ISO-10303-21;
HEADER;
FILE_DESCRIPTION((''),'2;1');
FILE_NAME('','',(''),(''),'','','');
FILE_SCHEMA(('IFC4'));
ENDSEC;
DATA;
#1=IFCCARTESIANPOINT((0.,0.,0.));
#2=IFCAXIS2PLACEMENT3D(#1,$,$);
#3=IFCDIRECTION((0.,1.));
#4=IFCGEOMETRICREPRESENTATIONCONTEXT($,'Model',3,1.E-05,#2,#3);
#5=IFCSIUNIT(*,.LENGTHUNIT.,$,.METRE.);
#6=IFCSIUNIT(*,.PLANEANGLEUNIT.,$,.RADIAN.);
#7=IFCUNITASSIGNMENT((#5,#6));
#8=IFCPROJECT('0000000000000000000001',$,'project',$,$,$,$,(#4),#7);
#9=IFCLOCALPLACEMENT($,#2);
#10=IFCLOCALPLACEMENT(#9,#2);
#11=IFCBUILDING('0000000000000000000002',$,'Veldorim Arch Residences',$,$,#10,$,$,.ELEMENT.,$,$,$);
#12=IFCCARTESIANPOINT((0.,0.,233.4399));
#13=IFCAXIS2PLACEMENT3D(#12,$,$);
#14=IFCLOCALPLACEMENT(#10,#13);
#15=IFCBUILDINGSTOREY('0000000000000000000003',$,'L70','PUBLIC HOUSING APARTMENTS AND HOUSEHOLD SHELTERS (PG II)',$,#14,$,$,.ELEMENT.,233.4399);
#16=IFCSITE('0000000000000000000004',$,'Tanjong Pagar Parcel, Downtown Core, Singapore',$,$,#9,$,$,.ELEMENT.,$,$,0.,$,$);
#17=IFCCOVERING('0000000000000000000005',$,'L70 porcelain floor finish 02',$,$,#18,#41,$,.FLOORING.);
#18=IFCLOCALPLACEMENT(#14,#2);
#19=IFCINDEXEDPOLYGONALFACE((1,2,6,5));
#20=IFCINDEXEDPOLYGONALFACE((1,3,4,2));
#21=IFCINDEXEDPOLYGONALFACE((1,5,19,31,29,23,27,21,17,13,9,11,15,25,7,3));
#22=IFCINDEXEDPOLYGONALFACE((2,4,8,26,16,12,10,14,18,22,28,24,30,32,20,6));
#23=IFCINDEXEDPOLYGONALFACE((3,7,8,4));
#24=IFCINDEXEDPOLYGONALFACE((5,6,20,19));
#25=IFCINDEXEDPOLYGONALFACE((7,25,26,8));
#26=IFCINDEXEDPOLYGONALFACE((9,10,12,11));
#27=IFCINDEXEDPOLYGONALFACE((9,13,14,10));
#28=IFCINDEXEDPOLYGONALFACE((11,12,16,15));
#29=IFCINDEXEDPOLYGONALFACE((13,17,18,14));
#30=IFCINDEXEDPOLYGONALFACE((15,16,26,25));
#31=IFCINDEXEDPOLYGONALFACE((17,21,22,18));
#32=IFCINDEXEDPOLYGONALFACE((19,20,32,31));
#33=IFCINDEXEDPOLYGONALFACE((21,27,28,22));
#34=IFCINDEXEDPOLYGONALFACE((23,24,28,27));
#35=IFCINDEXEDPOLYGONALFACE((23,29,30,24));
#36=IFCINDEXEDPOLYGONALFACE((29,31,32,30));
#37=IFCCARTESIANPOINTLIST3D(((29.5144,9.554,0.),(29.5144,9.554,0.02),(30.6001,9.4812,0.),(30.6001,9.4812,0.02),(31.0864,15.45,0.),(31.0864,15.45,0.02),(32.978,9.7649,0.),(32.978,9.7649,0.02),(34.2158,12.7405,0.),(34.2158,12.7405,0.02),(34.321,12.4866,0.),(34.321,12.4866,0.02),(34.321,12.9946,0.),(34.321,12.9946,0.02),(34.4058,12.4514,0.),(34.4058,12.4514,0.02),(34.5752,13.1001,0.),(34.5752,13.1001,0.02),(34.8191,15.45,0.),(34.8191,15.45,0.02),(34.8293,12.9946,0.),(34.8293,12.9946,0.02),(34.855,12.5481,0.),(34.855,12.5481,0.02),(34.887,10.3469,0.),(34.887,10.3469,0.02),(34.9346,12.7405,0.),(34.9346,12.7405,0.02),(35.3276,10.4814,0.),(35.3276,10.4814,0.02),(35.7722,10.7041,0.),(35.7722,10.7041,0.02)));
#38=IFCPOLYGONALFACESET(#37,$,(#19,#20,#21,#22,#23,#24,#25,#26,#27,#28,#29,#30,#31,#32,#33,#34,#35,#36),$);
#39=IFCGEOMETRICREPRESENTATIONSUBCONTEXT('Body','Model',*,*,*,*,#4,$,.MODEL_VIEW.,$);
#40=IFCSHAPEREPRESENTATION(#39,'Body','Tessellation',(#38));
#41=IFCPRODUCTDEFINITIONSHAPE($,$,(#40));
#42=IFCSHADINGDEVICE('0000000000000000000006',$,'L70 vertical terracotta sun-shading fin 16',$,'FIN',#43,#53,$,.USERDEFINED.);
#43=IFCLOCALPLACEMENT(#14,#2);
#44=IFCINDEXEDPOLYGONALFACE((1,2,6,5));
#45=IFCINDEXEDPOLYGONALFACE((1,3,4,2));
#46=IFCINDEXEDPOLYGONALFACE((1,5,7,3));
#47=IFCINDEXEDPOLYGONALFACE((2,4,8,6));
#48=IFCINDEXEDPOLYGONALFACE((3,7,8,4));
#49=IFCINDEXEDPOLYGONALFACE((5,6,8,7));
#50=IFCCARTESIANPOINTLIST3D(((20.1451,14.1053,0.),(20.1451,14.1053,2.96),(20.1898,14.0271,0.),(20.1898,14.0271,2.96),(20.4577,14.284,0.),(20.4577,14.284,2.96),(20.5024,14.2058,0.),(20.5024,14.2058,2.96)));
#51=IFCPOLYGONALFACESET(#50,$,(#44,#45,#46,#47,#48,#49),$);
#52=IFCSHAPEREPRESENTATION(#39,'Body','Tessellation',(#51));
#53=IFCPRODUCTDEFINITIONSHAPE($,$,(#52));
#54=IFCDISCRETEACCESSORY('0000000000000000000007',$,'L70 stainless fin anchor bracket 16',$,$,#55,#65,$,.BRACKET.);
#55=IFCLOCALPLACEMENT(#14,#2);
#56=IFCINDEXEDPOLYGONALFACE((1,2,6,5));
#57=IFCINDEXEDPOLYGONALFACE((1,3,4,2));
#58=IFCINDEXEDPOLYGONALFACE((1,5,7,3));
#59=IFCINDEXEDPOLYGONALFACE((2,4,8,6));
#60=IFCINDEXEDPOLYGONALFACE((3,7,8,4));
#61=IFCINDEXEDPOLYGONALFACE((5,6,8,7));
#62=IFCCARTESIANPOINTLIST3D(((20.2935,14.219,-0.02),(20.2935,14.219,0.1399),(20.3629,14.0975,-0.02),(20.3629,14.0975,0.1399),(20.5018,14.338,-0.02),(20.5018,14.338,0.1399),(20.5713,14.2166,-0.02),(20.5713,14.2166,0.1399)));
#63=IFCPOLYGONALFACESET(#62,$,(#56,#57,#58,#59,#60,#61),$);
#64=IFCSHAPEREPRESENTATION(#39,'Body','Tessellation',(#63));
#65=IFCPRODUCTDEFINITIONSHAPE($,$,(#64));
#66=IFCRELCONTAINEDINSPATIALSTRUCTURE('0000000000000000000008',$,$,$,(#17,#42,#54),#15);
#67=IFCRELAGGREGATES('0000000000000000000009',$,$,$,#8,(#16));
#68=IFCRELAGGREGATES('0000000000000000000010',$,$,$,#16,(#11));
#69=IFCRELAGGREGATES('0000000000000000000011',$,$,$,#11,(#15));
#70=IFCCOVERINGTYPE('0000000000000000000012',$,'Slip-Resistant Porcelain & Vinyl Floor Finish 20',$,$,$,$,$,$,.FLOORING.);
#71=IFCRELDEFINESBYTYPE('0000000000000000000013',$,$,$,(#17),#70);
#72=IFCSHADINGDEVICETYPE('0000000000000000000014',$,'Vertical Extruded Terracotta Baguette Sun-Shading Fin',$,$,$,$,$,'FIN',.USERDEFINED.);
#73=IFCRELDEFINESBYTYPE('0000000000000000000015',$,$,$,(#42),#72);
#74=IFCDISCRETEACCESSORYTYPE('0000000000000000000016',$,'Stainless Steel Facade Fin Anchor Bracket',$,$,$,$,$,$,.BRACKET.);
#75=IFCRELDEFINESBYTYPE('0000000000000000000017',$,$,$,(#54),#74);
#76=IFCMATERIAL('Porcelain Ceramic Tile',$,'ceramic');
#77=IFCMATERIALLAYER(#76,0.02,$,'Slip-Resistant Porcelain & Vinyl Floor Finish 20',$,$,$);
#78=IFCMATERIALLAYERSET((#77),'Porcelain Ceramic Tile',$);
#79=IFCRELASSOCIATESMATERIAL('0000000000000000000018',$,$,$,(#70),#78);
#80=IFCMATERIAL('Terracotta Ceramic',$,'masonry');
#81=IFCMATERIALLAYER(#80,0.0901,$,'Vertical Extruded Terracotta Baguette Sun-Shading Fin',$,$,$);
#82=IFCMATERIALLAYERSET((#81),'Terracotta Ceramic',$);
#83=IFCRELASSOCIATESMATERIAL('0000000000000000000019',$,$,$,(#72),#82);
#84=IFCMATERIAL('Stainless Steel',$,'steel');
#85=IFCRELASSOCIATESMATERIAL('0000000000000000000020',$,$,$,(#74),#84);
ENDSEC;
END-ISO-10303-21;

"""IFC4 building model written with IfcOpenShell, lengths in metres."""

from ifc_helpers import new_model, si_unit, direction, frame, origin, origin_2d, place, context, subcontext, project, spatial, polyline, rectangle, outline, extrude, material, layer, layer_set, type_object, element, save


model = new_model("IFC4")

# Units and contexts
model_context = context("Model", 3, precision=1e-05, world=origin(), true_north=direction((0.0, 1.0)))
body_context = subcontext(model_context, "Body", "Model", "MODEL_VIEW")
ifc_project = project(units=[si_unit("LENGTHUNIT", "METRE"), si_unit("PLANEANGLEUNIT", "RADIAN")], contexts=[model_context])

# Site, building, storey
site_placement = place(None, origin())
site = spatial("IfcSite", under=ifc_project, at=site_placement, Name="Tanjong Pagar Parcel, Downtown Core, Singapore", CompositionType="ELEMENT", RefElevation=0.0)
building_placement = place(site_placement, origin())
building = spatial("IfcBuilding", under=site, at=building_placement, Name="Veldorim Arch Residences", CompositionType="ELEMENT")
storey_placement = place(building_placement, frame((0.0, 0.0, 233.4399)))
storey = spatial("IfcBuildingStorey", under=building, at=storey_placement, Name="L70", Description="PUBLIC HOUSING APARTMENTS AND HOUSEHOLD SHELTERS (PG II)", CompositionType="ELEMENT", Elevation=233.4399)

# Covering
ifc_material_1 = material(Name="Porcelain Ceramic Tile", Category="ceramic")
ifc_layer_1 = layer(ifc_material_1, 0.02, Name="Slip-Resistant Porcelain & Vinyl Floor Finish 20")
ifc_layer_set_1 = layer_set([ifc_layer_1], Name="Porcelain Ceramic Tile")
covering_type_1 = type_object("IfcCoveringType", Name="Slip-Resistant Porcelain & Vinyl Floor Finish 20", PredefinedType="FLOORING", material=ifc_layer_set_1)
covering_1_placement = place(storey_placement, origin())
element("IfcCovering", 1, at=covering_1_placement, inside=storey, type_object=covering_type_1, Name="L70 porcelain floor finish 02", PredefinedType="FLOORING", context=body_context, shape_type="SweptSolid", body=[
    extrude(outline(polyline([(34.9346, 12.7405), (34.8293, 12.9946), (34.5752, 13.1001), (34.321, 12.9946), (34.2158, 12.7405), (34.321, 12.4866), (34.4058, 12.4514), (34.887, 10.3469), (32.978, 9.7649), (30.6001, 9.4812), (29.5144, 9.554), (31.0864, 15.45), (34.8191, 15.45), (35.7722, 10.7041), (35.3276, 10.4814), (34.855, 12.5481), (34.9346, 12.7405)])), origin(), (0.0, 0.0, 1.0), 0.02),
])

# Shading device
ifc_material_2 = material(Name="Terracotta Ceramic", Category="masonry")
ifc_layer_2 = layer(ifc_material_2, 0.0901, Name="Vertical Extruded Terracotta Baguette Sun-Shading Fin")
ifc_layer_set_2 = layer_set([ifc_layer_2], Name="Terracotta Ceramic")
shading_device_type = type_object("IfcShadingDeviceType", Name="Vertical Extruded Terracotta Baguette Sun-Shading Fin", ElementType="FIN", PredefinedType="USERDEFINED", material=ifc_layer_set_2)
shading_device_placement = place(storey_placement, frame((20.3237, 14.1555, 0.0), z_axis=(0.0, 0.0, 1.0), x_axis=(-0.496217, 0.868199, 0.0)))
element("IfcShadingDevice", 2, at=shading_device_placement, inside=storey, type_object=shading_device_type, Name="L70 vertical terracotta sun-shading fin 16", ObjectType="FIN", PredefinedType="USERDEFINED", context=body_context, shape_type="SweptSolid", body=[
    extrude(rectangle(XDim=0.0901, YDim=0.3601, at=origin_2d()), origin(), (0.0, 0.0, 1.0), 2.96),
])

# Discrete accessory
ifc_material_3 = material(Name="Stainless Steel", Category="steel")
discrete_accessory_type = type_object("IfcDiscreteAccessoryType", Name="Stainless Steel Facade Fin Anchor Bracket", PredefinedType="BRACKET", material=ifc_material_3)
discrete_accessory_placement = place(storey_placement, frame((20.4324, 14.2178, -0.02), z_axis=(0.0, 0.0, 1.0), x_axis=(-0.496217, 0.868199, 0.0)))
element("IfcDiscreteAccessory", 3, at=discrete_accessory_placement, inside=storey, type_object=discrete_accessory_type, Name="L70 stainless fin anchor bracket 16", PredefinedType="BRACKET", context=body_context, shape_type="SweptSolid", body=[
    extrude(rectangle(XDim=0.1399, YDim=0.24, at=origin_2d()), origin(), (0.0, 0.0, 1.0), 0.1599),
])

save(model, "model.ifc")
